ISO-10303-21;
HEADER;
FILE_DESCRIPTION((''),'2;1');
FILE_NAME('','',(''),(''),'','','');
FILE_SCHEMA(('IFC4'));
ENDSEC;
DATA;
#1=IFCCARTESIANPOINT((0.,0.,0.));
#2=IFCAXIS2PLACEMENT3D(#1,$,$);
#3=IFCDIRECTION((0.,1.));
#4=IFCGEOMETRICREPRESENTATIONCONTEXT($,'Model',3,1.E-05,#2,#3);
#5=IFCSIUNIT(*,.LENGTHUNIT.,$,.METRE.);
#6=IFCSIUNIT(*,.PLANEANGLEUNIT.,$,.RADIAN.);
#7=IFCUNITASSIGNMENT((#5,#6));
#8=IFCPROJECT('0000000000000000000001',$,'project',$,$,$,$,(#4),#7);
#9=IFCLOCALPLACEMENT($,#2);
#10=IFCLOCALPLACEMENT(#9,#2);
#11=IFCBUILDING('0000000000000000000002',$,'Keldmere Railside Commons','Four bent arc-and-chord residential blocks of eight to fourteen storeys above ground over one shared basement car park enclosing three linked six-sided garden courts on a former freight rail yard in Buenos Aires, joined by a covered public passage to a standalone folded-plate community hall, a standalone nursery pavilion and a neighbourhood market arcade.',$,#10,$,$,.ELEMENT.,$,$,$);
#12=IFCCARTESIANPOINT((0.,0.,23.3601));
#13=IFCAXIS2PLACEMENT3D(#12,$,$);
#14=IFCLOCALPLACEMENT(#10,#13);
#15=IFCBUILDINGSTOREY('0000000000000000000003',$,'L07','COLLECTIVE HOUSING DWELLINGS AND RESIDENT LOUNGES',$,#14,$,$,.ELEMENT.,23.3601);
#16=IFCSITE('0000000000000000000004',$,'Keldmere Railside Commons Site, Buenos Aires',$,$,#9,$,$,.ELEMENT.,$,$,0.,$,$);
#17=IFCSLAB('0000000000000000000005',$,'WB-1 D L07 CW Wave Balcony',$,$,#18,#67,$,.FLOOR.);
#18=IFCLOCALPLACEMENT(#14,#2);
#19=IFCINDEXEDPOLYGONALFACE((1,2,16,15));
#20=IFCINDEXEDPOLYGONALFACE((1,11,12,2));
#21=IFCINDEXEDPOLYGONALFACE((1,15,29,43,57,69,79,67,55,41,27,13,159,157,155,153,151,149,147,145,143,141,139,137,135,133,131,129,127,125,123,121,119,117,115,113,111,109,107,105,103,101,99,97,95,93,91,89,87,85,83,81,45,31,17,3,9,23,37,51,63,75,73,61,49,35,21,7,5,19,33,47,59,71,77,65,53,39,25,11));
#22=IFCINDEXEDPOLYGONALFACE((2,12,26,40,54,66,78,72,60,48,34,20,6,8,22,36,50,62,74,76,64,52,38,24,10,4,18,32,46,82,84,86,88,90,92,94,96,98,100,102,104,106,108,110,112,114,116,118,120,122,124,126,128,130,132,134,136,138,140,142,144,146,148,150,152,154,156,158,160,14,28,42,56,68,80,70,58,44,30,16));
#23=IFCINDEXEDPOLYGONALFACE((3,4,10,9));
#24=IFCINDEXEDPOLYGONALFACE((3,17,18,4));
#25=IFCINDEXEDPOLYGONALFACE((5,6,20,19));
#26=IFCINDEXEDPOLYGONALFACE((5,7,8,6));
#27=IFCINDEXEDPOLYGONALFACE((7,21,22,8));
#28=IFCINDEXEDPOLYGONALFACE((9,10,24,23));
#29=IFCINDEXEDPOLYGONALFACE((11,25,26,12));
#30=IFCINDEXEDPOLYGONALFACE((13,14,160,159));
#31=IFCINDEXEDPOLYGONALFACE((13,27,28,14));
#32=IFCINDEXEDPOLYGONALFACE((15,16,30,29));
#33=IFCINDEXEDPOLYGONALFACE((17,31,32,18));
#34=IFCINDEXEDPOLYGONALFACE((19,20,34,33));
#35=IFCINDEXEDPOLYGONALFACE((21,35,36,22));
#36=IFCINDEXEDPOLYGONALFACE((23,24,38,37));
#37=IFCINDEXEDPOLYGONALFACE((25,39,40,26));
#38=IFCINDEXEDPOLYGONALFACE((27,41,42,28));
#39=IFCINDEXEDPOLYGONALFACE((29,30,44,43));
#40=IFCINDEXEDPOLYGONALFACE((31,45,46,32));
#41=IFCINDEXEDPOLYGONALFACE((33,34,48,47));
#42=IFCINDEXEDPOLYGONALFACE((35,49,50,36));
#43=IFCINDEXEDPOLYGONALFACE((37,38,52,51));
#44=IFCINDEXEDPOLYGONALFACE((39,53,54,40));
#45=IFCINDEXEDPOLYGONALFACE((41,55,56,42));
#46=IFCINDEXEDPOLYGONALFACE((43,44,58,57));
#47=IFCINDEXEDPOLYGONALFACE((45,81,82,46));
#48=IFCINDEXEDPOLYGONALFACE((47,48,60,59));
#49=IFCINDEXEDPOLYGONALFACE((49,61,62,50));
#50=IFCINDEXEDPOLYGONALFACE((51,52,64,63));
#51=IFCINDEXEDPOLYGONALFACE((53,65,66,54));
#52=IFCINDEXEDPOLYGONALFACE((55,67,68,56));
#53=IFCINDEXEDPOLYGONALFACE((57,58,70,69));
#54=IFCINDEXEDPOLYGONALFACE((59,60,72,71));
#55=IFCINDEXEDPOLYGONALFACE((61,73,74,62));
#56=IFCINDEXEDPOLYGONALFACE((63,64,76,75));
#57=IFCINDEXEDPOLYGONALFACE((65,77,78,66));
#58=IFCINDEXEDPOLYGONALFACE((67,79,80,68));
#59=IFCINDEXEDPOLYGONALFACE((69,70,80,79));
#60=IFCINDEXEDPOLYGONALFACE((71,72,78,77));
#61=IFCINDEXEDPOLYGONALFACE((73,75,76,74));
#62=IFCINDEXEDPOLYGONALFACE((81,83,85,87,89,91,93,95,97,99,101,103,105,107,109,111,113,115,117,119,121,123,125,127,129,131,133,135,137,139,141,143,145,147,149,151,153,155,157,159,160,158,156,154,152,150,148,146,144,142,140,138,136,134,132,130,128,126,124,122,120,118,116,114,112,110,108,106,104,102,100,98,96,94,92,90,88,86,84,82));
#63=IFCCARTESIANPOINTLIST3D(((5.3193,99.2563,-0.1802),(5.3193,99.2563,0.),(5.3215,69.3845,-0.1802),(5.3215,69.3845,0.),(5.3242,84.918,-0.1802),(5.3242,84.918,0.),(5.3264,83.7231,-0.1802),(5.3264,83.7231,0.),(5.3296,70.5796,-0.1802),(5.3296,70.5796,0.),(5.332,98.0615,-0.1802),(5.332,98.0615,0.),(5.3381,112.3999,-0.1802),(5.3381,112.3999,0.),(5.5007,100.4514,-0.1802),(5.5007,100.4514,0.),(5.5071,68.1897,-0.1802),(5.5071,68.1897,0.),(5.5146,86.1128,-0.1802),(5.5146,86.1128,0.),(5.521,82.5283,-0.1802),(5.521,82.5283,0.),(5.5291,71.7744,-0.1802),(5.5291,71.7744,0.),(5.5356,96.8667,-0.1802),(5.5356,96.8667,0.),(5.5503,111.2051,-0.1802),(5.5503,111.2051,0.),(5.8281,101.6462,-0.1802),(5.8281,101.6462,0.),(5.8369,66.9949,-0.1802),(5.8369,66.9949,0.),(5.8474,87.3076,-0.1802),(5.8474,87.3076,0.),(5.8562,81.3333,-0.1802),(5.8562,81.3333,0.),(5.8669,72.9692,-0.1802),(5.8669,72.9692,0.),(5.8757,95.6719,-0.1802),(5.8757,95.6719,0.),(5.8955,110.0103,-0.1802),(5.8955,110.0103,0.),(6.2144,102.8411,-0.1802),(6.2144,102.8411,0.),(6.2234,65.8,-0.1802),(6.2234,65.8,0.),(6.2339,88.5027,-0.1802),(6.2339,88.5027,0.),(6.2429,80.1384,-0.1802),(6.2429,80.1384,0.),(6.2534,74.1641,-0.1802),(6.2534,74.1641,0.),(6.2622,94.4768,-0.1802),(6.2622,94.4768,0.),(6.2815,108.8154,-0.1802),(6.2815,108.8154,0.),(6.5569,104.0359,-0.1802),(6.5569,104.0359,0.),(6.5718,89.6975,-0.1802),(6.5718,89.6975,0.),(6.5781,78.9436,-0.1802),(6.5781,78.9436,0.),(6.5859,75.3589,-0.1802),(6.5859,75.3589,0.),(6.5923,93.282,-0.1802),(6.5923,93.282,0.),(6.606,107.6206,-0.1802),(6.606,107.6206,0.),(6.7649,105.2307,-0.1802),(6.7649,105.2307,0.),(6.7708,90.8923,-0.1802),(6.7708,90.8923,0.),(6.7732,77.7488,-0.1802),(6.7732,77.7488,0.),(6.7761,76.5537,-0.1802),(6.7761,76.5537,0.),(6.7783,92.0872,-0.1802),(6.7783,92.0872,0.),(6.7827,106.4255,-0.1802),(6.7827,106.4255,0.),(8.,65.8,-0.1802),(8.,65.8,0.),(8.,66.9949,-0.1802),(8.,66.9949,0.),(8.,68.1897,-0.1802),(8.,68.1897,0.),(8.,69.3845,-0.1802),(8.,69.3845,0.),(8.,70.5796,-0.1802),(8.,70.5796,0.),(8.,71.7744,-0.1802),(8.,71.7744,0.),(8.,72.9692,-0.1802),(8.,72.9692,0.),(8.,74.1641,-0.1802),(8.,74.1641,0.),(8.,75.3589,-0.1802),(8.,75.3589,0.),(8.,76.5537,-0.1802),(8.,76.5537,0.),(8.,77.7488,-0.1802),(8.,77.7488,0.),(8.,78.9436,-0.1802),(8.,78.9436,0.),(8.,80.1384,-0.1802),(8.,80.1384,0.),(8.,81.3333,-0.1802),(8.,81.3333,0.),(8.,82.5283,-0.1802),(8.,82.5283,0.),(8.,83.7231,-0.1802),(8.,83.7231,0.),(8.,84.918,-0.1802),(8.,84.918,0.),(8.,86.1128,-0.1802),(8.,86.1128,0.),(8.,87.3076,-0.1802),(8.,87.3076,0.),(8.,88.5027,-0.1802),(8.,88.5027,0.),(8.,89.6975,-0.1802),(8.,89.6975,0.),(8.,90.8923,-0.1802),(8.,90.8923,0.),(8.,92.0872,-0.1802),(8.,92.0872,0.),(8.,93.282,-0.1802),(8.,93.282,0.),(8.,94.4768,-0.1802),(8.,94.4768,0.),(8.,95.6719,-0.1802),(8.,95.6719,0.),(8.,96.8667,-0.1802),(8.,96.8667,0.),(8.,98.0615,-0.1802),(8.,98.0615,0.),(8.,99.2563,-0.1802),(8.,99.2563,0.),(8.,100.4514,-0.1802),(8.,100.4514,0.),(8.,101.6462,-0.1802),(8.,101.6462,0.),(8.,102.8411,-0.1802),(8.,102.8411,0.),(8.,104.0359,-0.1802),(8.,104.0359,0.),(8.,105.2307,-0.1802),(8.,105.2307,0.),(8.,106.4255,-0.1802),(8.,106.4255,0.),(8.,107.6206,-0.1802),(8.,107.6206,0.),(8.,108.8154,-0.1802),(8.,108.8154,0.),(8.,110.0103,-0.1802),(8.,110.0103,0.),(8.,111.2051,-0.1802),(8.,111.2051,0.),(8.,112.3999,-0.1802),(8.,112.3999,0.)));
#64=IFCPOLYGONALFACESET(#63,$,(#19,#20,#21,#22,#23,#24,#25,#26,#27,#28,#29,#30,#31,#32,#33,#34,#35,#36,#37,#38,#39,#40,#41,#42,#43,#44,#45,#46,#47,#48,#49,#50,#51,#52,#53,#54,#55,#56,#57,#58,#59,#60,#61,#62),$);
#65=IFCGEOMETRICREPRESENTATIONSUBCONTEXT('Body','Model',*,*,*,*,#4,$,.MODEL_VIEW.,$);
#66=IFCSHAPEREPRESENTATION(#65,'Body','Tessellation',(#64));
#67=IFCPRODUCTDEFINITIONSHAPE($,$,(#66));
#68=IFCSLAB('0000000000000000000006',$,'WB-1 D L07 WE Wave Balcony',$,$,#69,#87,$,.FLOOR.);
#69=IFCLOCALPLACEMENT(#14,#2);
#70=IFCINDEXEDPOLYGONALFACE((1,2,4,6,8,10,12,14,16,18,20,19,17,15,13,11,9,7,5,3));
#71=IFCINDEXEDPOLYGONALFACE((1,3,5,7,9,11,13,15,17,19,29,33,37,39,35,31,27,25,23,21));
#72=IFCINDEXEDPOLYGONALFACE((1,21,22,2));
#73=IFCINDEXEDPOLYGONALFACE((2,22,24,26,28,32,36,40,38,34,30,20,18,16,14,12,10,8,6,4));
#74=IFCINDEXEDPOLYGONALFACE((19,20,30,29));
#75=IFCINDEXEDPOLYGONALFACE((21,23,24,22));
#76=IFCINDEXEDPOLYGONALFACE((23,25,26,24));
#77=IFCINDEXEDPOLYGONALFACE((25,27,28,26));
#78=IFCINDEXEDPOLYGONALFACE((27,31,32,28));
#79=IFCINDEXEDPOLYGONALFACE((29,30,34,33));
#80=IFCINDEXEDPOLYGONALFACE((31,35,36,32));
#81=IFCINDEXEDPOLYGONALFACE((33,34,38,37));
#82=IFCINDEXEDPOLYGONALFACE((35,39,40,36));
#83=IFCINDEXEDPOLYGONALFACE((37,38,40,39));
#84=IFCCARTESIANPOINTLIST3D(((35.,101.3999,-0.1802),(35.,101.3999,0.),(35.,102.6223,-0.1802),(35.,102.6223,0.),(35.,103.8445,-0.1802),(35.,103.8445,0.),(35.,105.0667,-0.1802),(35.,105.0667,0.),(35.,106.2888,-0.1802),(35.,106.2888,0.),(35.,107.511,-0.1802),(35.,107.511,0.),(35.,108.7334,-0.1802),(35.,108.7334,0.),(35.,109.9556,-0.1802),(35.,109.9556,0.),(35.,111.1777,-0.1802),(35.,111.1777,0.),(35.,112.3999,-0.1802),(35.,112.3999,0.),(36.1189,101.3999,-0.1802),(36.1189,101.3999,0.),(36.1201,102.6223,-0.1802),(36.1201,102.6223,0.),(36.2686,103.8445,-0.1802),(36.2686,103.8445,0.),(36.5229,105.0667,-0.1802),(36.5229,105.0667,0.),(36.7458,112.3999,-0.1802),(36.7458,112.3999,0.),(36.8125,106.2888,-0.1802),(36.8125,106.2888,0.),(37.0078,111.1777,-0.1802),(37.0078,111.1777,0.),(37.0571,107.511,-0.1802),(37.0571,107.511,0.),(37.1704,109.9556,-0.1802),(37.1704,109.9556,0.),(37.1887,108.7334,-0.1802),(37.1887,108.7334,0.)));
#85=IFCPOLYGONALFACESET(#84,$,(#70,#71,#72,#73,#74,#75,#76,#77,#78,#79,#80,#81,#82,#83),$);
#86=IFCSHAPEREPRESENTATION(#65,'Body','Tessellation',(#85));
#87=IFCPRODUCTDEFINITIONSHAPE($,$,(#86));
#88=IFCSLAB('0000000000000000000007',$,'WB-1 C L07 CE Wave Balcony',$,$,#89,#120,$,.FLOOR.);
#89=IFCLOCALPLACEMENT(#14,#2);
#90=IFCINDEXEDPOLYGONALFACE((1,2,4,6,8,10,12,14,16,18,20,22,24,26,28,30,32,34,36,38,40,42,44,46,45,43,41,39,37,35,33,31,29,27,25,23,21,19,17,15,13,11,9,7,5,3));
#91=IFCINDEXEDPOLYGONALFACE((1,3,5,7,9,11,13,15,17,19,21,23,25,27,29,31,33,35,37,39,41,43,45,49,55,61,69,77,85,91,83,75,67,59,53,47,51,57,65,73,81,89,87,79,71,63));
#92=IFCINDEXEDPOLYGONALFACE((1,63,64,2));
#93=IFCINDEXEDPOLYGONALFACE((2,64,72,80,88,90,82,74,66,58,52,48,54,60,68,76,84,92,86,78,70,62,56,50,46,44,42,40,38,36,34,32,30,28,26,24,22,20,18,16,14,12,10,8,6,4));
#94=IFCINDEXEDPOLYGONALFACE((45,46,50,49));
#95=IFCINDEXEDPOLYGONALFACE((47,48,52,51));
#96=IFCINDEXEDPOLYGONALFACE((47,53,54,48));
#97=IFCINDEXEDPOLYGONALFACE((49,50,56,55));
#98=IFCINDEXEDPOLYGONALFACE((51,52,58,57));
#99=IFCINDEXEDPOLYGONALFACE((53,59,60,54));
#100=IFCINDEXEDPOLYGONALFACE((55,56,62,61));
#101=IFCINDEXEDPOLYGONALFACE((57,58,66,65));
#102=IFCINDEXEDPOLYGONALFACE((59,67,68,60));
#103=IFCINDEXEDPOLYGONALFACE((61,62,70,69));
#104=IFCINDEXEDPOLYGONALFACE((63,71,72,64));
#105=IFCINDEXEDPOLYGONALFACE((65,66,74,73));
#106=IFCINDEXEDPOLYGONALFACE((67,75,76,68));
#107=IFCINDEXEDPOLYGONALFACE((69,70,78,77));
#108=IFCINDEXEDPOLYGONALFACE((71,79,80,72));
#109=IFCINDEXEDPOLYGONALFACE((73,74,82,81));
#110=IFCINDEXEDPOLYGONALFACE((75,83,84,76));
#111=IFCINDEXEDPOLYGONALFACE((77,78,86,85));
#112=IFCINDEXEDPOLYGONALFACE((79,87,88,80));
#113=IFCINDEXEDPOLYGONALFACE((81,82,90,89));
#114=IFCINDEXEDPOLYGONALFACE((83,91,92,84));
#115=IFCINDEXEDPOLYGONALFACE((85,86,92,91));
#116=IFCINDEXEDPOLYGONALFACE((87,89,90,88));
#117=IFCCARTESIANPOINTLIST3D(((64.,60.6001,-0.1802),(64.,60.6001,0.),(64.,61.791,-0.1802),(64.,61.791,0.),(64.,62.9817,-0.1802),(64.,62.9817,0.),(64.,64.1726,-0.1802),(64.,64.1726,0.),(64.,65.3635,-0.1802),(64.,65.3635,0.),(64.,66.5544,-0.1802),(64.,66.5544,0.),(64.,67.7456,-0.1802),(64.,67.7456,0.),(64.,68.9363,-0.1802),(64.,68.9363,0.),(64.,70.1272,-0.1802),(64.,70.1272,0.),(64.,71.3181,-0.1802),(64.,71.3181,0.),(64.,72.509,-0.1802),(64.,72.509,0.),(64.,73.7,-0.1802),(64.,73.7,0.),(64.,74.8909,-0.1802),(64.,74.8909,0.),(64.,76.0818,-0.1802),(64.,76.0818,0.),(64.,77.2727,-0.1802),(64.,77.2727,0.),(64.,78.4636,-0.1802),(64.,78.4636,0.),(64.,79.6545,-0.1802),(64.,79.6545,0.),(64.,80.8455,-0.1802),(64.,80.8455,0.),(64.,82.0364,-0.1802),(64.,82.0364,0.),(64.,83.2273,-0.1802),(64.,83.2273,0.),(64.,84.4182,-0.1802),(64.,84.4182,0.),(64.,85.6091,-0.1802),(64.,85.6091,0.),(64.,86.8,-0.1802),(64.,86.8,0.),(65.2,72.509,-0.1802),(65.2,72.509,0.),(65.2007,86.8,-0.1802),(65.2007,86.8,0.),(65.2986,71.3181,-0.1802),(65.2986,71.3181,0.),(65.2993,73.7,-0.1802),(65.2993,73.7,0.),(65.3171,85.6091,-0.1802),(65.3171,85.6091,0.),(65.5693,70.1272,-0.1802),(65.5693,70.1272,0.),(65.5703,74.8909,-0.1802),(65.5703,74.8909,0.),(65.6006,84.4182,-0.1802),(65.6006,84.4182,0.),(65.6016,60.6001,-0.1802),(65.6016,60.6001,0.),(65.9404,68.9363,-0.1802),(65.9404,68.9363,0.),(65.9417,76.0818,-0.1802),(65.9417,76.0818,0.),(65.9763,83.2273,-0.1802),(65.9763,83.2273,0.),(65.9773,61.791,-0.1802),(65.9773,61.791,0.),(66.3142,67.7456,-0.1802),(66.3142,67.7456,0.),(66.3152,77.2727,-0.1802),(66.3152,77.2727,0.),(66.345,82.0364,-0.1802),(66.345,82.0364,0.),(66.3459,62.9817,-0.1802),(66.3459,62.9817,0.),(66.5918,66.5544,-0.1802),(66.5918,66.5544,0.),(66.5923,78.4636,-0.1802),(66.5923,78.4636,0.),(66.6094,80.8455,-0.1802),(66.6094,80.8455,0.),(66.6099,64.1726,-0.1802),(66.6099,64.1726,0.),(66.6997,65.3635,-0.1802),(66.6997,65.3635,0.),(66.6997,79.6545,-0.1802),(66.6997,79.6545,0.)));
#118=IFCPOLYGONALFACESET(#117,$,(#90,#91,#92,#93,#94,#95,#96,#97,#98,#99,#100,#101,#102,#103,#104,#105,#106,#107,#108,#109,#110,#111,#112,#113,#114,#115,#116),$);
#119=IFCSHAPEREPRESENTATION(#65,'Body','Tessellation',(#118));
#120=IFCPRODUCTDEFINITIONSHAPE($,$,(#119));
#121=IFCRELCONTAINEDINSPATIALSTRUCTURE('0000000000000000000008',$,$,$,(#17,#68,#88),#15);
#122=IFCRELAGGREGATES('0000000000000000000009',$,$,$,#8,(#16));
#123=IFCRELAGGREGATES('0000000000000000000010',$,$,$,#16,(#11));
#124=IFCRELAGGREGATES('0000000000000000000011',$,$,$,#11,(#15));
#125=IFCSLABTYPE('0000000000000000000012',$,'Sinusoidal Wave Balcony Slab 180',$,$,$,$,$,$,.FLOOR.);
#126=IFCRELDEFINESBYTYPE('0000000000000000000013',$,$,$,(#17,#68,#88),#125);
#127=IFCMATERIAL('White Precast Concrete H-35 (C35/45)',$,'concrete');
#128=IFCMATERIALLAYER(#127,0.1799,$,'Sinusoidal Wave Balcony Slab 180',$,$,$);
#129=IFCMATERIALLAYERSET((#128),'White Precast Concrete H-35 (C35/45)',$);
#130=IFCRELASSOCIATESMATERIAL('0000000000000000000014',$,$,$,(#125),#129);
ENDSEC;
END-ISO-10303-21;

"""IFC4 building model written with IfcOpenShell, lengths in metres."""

from ifc_helpers import new_model, si_unit, direction, frame, origin, place, context, subcontext, project, spatial, polyline, outline, extrude, material, layer, layer_set, type_object, element, save


model = new_model("IFC4")

# Units and contexts
model_context = context("Model", 3, precision=1e-05, world=origin(), true_north=direction((0.0, 1.0)))
body_context = subcontext(model_context, "Body", "Model", "MODEL_VIEW")
ifc_project = project(units=[si_unit("LENGTHUNIT", "METRE"), si_unit("PLANEANGLEUNIT", "RADIAN")], contexts=[model_context])

# Site, building, storey
site_placement = place(None, origin())
site = spatial("IfcSite", under=ifc_project, at=site_placement, Name="Keldmere Railside Commons Site, Buenos Aires", CompositionType="ELEMENT", RefElevation=0.0)
building_placement = place(site_placement, origin())
building = spatial("IfcBuilding", under=site, at=building_placement, Name="Keldmere Railside Commons", Description="Four bent arc-and-chord residential blocks of eight to fourteen storeys above ground over one shared basement car park enclosing three linked six-sided garden courts on a former freight rail yard in Buenos Aires, joined by a covered public passage to a standalone folded-plate community hall, a standalone nursery pavilion and a neighbourhood market arcade.", CompositionType="ELEMENT")
storey_placement = place(building_placement, frame((0.0, 0.0, 23.3601)))
storey = spatial("IfcBuildingStorey", under=building, at=storey_placement, Name="L07", Description="COLLECTIVE HOUSING DWELLINGS AND RESIDENT LOUNGES", CompositionType="ELEMENT", Elevation=23.3601)

# Slabs
ifc_material_1 = material(Name="White Precast Concrete H-35 (C35/45)", Category="concrete")
ifc_layer_1 = layer(ifc_material_1, 0.1799, Name="Sinusoidal Wave Balcony Slab 180")
ifc_layer_set_1 = layer_set([ifc_layer_1], Name="White Precast Concrete H-35 (C35/45)")
slab_type_1 = type_object("IfcSlabType", Name="Sinusoidal Wave Balcony Slab 180", PredefinedType="FLOOR", material=ifc_layer_set_1)
slab_1_placement = place(storey_placement, frame((0.0, 0.0, -0.1802)))
element("IfcSlab", 1, at=slab_1_placement, inside=storey, type_object=slab_type_1, Name="WB-1 D L07 CW Wave Balcony", PredefinedType="FLOOR", context=body_context, shape_type="SweptSolid", body=[
    extrude(outline(polyline([(8.0, 65.8), (8.0, 66.9949), (8.0, 68.1897), (8.0, 69.3845), (8.0, 70.5796), (8.0, 71.7744), (8.0, 72.9692), (8.0, 74.1641), (8.0, 75.3589), (8.0, 76.5537), (8.0, 77.7488), (8.0, 78.9436), (8.0, 80.1384), (8.0, 81.3333), (8.0, 82.5283), (8.0, 83.7231), (8.0, 84.918), (8.0, 86.1128), (8.0, 87.3076), (8.0, 88.5027), (8.0, 89.6975), (8.0, 90.8923), (8.0, 92.0872), (8.0, 93.282), (8.0, 94.4768), (8.0, 95.6719), (8.0, 96.8667), (8.0, 98.0615), (8.0, 99.2563), (8.0, 100.4514), (8.0, 101.6462), (8.0, 102.8411), (8.0, 104.0359), (8.0, 105.2307), (8.0, 106.4255), (8.0, 107.6206), (8.0, 108.8154), (8.0, 110.0103), (8.0, 111.2051), (8.0, 112.3999), (5.3381, 112.3999), (5.5503, 111.2051), (5.8955, 110.0103), (6.2815, 108.8154), (6.606, 107.6206), (6.7827, 106.4255), (6.7649, 105.2307), (6.5569, 104.0359), (6.2144, 102.8411), (5.8281, 101.6462), (5.5007, 100.4514), (5.3193, 99.2563), (5.332, 98.0615), (5.5356, 96.8667), (5.8757, 95.6719), (6.2622, 94.4768), (6.5923, 93.282), (6.7783, 92.0872), (6.7708, 90.8923), (6.5718, 89.6975), (6.2339, 88.5027), (5.8474, 87.3076), (5.5146, 86.1128), (5.3242, 84.918), (5.3264, 83.7231), (5.521, 82.5283), (5.8562, 81.3333), (6.2429, 80.1384), (6.5781, 78.9436), (6.7732, 77.7488), (6.7761, 76.5537), (6.5859, 75.3589), (6.2534, 74.1641), (5.8669, 72.9692), (5.5291, 71.7744), (5.3296, 70.5796), (5.3215, 69.3845), (5.5071, 68.1897), (5.8369, 66.9949), (6.2234, 65.8), (8.0, 65.8)])), origin(), (0.0, 0.0, 1.0), 0.1802),
])
slab_2_placement = place(storey_placement, frame((0.0, 0.0, -0.1802)))
element("IfcSlab", 2, at=slab_2_placement, inside=storey, type_object=slab_type_1, Name="WB-1 D L07 WE Wave Balcony", PredefinedType="FLOOR", context=body_context, shape_type="SweptSolid", body=[
    extrude(outline(polyline([(36.1189, 101.3999), (36.1201, 102.6223), (36.2686, 103.8445), (36.5229, 105.0667), (36.8125, 106.2888), (37.0571, 107.511), (37.1887, 108.7334), (37.1704, 109.9556), (37.0078, 111.1777), (36.7458, 112.3999), (35.0, 112.3999), (35.0, 111.1777), (35.0, 109.9556), (35.0, 108.7334), (35.0, 107.511), (35.0, 106.2888), (35.0, 105.0667), (35.0, 103.8445), (35.0, 102.6223), (35.0, 101.3999), (36.1189, 101.3999)])), origin(), (0.0, 0.0, 1.0), 0.1802),
])
slab_3_placement = place(storey_placement, frame((0.0, 0.0, -0.1802)))
element("IfcSlab", 3, at=slab_3_placement, inside=storey, type_object=slab_type_1, Name="WB-1 C L07 CE Wave Balcony", PredefinedType="FLOOR", context=body_context, shape_type="SweptSolid", body=[
    extrude(outline(polyline([(65.6016, 60.6001), (65.9773, 61.791), (66.3459, 62.9817), (66.6099, 64.1726), (66.6997, 65.3635), (66.5918, 66.5544), (66.3142, 67.7456), (65.9404, 68.9363), (65.5693, 70.1272), (65.2986, 71.3181), (65.2, 72.509), (65.2993, 73.7), (65.5703, 74.8909), (65.9417, 76.0818), (66.3152, 77.2727), (66.5923, 78.4636), (66.6997, 79.6545), (66.6094, 80.8455), (66.345, 82.0364), (65.9763, 83.2273), (65.6006, 84.4182), (65.3171, 85.6091), (65.2007, 86.8), (64.0, 86.8), (64.0, 85.6091), (64.0, 84.4182), (64.0, 83.2273), (64.0, 82.0364), (64.0, 80.8455), (64.0, 79.6545), (64.0, 78.4636), (64.0, 77.2727), (64.0, 76.0818), (64.0, 74.8909), (64.0, 73.7), (64.0, 72.509), (64.0, 71.3181), (64.0, 70.1272), (64.0, 68.9363), (64.0, 67.7456), (64.0, 66.5544), (64.0, 65.3635), (64.0, 64.1726), (64.0, 62.9817), (64.0, 61.791), (64.0, 60.6001), (65.6016, 60.6001)])), origin(), (0.0, 0.0, 1.0), 0.1802),
])

save(model, "model.ifc")
